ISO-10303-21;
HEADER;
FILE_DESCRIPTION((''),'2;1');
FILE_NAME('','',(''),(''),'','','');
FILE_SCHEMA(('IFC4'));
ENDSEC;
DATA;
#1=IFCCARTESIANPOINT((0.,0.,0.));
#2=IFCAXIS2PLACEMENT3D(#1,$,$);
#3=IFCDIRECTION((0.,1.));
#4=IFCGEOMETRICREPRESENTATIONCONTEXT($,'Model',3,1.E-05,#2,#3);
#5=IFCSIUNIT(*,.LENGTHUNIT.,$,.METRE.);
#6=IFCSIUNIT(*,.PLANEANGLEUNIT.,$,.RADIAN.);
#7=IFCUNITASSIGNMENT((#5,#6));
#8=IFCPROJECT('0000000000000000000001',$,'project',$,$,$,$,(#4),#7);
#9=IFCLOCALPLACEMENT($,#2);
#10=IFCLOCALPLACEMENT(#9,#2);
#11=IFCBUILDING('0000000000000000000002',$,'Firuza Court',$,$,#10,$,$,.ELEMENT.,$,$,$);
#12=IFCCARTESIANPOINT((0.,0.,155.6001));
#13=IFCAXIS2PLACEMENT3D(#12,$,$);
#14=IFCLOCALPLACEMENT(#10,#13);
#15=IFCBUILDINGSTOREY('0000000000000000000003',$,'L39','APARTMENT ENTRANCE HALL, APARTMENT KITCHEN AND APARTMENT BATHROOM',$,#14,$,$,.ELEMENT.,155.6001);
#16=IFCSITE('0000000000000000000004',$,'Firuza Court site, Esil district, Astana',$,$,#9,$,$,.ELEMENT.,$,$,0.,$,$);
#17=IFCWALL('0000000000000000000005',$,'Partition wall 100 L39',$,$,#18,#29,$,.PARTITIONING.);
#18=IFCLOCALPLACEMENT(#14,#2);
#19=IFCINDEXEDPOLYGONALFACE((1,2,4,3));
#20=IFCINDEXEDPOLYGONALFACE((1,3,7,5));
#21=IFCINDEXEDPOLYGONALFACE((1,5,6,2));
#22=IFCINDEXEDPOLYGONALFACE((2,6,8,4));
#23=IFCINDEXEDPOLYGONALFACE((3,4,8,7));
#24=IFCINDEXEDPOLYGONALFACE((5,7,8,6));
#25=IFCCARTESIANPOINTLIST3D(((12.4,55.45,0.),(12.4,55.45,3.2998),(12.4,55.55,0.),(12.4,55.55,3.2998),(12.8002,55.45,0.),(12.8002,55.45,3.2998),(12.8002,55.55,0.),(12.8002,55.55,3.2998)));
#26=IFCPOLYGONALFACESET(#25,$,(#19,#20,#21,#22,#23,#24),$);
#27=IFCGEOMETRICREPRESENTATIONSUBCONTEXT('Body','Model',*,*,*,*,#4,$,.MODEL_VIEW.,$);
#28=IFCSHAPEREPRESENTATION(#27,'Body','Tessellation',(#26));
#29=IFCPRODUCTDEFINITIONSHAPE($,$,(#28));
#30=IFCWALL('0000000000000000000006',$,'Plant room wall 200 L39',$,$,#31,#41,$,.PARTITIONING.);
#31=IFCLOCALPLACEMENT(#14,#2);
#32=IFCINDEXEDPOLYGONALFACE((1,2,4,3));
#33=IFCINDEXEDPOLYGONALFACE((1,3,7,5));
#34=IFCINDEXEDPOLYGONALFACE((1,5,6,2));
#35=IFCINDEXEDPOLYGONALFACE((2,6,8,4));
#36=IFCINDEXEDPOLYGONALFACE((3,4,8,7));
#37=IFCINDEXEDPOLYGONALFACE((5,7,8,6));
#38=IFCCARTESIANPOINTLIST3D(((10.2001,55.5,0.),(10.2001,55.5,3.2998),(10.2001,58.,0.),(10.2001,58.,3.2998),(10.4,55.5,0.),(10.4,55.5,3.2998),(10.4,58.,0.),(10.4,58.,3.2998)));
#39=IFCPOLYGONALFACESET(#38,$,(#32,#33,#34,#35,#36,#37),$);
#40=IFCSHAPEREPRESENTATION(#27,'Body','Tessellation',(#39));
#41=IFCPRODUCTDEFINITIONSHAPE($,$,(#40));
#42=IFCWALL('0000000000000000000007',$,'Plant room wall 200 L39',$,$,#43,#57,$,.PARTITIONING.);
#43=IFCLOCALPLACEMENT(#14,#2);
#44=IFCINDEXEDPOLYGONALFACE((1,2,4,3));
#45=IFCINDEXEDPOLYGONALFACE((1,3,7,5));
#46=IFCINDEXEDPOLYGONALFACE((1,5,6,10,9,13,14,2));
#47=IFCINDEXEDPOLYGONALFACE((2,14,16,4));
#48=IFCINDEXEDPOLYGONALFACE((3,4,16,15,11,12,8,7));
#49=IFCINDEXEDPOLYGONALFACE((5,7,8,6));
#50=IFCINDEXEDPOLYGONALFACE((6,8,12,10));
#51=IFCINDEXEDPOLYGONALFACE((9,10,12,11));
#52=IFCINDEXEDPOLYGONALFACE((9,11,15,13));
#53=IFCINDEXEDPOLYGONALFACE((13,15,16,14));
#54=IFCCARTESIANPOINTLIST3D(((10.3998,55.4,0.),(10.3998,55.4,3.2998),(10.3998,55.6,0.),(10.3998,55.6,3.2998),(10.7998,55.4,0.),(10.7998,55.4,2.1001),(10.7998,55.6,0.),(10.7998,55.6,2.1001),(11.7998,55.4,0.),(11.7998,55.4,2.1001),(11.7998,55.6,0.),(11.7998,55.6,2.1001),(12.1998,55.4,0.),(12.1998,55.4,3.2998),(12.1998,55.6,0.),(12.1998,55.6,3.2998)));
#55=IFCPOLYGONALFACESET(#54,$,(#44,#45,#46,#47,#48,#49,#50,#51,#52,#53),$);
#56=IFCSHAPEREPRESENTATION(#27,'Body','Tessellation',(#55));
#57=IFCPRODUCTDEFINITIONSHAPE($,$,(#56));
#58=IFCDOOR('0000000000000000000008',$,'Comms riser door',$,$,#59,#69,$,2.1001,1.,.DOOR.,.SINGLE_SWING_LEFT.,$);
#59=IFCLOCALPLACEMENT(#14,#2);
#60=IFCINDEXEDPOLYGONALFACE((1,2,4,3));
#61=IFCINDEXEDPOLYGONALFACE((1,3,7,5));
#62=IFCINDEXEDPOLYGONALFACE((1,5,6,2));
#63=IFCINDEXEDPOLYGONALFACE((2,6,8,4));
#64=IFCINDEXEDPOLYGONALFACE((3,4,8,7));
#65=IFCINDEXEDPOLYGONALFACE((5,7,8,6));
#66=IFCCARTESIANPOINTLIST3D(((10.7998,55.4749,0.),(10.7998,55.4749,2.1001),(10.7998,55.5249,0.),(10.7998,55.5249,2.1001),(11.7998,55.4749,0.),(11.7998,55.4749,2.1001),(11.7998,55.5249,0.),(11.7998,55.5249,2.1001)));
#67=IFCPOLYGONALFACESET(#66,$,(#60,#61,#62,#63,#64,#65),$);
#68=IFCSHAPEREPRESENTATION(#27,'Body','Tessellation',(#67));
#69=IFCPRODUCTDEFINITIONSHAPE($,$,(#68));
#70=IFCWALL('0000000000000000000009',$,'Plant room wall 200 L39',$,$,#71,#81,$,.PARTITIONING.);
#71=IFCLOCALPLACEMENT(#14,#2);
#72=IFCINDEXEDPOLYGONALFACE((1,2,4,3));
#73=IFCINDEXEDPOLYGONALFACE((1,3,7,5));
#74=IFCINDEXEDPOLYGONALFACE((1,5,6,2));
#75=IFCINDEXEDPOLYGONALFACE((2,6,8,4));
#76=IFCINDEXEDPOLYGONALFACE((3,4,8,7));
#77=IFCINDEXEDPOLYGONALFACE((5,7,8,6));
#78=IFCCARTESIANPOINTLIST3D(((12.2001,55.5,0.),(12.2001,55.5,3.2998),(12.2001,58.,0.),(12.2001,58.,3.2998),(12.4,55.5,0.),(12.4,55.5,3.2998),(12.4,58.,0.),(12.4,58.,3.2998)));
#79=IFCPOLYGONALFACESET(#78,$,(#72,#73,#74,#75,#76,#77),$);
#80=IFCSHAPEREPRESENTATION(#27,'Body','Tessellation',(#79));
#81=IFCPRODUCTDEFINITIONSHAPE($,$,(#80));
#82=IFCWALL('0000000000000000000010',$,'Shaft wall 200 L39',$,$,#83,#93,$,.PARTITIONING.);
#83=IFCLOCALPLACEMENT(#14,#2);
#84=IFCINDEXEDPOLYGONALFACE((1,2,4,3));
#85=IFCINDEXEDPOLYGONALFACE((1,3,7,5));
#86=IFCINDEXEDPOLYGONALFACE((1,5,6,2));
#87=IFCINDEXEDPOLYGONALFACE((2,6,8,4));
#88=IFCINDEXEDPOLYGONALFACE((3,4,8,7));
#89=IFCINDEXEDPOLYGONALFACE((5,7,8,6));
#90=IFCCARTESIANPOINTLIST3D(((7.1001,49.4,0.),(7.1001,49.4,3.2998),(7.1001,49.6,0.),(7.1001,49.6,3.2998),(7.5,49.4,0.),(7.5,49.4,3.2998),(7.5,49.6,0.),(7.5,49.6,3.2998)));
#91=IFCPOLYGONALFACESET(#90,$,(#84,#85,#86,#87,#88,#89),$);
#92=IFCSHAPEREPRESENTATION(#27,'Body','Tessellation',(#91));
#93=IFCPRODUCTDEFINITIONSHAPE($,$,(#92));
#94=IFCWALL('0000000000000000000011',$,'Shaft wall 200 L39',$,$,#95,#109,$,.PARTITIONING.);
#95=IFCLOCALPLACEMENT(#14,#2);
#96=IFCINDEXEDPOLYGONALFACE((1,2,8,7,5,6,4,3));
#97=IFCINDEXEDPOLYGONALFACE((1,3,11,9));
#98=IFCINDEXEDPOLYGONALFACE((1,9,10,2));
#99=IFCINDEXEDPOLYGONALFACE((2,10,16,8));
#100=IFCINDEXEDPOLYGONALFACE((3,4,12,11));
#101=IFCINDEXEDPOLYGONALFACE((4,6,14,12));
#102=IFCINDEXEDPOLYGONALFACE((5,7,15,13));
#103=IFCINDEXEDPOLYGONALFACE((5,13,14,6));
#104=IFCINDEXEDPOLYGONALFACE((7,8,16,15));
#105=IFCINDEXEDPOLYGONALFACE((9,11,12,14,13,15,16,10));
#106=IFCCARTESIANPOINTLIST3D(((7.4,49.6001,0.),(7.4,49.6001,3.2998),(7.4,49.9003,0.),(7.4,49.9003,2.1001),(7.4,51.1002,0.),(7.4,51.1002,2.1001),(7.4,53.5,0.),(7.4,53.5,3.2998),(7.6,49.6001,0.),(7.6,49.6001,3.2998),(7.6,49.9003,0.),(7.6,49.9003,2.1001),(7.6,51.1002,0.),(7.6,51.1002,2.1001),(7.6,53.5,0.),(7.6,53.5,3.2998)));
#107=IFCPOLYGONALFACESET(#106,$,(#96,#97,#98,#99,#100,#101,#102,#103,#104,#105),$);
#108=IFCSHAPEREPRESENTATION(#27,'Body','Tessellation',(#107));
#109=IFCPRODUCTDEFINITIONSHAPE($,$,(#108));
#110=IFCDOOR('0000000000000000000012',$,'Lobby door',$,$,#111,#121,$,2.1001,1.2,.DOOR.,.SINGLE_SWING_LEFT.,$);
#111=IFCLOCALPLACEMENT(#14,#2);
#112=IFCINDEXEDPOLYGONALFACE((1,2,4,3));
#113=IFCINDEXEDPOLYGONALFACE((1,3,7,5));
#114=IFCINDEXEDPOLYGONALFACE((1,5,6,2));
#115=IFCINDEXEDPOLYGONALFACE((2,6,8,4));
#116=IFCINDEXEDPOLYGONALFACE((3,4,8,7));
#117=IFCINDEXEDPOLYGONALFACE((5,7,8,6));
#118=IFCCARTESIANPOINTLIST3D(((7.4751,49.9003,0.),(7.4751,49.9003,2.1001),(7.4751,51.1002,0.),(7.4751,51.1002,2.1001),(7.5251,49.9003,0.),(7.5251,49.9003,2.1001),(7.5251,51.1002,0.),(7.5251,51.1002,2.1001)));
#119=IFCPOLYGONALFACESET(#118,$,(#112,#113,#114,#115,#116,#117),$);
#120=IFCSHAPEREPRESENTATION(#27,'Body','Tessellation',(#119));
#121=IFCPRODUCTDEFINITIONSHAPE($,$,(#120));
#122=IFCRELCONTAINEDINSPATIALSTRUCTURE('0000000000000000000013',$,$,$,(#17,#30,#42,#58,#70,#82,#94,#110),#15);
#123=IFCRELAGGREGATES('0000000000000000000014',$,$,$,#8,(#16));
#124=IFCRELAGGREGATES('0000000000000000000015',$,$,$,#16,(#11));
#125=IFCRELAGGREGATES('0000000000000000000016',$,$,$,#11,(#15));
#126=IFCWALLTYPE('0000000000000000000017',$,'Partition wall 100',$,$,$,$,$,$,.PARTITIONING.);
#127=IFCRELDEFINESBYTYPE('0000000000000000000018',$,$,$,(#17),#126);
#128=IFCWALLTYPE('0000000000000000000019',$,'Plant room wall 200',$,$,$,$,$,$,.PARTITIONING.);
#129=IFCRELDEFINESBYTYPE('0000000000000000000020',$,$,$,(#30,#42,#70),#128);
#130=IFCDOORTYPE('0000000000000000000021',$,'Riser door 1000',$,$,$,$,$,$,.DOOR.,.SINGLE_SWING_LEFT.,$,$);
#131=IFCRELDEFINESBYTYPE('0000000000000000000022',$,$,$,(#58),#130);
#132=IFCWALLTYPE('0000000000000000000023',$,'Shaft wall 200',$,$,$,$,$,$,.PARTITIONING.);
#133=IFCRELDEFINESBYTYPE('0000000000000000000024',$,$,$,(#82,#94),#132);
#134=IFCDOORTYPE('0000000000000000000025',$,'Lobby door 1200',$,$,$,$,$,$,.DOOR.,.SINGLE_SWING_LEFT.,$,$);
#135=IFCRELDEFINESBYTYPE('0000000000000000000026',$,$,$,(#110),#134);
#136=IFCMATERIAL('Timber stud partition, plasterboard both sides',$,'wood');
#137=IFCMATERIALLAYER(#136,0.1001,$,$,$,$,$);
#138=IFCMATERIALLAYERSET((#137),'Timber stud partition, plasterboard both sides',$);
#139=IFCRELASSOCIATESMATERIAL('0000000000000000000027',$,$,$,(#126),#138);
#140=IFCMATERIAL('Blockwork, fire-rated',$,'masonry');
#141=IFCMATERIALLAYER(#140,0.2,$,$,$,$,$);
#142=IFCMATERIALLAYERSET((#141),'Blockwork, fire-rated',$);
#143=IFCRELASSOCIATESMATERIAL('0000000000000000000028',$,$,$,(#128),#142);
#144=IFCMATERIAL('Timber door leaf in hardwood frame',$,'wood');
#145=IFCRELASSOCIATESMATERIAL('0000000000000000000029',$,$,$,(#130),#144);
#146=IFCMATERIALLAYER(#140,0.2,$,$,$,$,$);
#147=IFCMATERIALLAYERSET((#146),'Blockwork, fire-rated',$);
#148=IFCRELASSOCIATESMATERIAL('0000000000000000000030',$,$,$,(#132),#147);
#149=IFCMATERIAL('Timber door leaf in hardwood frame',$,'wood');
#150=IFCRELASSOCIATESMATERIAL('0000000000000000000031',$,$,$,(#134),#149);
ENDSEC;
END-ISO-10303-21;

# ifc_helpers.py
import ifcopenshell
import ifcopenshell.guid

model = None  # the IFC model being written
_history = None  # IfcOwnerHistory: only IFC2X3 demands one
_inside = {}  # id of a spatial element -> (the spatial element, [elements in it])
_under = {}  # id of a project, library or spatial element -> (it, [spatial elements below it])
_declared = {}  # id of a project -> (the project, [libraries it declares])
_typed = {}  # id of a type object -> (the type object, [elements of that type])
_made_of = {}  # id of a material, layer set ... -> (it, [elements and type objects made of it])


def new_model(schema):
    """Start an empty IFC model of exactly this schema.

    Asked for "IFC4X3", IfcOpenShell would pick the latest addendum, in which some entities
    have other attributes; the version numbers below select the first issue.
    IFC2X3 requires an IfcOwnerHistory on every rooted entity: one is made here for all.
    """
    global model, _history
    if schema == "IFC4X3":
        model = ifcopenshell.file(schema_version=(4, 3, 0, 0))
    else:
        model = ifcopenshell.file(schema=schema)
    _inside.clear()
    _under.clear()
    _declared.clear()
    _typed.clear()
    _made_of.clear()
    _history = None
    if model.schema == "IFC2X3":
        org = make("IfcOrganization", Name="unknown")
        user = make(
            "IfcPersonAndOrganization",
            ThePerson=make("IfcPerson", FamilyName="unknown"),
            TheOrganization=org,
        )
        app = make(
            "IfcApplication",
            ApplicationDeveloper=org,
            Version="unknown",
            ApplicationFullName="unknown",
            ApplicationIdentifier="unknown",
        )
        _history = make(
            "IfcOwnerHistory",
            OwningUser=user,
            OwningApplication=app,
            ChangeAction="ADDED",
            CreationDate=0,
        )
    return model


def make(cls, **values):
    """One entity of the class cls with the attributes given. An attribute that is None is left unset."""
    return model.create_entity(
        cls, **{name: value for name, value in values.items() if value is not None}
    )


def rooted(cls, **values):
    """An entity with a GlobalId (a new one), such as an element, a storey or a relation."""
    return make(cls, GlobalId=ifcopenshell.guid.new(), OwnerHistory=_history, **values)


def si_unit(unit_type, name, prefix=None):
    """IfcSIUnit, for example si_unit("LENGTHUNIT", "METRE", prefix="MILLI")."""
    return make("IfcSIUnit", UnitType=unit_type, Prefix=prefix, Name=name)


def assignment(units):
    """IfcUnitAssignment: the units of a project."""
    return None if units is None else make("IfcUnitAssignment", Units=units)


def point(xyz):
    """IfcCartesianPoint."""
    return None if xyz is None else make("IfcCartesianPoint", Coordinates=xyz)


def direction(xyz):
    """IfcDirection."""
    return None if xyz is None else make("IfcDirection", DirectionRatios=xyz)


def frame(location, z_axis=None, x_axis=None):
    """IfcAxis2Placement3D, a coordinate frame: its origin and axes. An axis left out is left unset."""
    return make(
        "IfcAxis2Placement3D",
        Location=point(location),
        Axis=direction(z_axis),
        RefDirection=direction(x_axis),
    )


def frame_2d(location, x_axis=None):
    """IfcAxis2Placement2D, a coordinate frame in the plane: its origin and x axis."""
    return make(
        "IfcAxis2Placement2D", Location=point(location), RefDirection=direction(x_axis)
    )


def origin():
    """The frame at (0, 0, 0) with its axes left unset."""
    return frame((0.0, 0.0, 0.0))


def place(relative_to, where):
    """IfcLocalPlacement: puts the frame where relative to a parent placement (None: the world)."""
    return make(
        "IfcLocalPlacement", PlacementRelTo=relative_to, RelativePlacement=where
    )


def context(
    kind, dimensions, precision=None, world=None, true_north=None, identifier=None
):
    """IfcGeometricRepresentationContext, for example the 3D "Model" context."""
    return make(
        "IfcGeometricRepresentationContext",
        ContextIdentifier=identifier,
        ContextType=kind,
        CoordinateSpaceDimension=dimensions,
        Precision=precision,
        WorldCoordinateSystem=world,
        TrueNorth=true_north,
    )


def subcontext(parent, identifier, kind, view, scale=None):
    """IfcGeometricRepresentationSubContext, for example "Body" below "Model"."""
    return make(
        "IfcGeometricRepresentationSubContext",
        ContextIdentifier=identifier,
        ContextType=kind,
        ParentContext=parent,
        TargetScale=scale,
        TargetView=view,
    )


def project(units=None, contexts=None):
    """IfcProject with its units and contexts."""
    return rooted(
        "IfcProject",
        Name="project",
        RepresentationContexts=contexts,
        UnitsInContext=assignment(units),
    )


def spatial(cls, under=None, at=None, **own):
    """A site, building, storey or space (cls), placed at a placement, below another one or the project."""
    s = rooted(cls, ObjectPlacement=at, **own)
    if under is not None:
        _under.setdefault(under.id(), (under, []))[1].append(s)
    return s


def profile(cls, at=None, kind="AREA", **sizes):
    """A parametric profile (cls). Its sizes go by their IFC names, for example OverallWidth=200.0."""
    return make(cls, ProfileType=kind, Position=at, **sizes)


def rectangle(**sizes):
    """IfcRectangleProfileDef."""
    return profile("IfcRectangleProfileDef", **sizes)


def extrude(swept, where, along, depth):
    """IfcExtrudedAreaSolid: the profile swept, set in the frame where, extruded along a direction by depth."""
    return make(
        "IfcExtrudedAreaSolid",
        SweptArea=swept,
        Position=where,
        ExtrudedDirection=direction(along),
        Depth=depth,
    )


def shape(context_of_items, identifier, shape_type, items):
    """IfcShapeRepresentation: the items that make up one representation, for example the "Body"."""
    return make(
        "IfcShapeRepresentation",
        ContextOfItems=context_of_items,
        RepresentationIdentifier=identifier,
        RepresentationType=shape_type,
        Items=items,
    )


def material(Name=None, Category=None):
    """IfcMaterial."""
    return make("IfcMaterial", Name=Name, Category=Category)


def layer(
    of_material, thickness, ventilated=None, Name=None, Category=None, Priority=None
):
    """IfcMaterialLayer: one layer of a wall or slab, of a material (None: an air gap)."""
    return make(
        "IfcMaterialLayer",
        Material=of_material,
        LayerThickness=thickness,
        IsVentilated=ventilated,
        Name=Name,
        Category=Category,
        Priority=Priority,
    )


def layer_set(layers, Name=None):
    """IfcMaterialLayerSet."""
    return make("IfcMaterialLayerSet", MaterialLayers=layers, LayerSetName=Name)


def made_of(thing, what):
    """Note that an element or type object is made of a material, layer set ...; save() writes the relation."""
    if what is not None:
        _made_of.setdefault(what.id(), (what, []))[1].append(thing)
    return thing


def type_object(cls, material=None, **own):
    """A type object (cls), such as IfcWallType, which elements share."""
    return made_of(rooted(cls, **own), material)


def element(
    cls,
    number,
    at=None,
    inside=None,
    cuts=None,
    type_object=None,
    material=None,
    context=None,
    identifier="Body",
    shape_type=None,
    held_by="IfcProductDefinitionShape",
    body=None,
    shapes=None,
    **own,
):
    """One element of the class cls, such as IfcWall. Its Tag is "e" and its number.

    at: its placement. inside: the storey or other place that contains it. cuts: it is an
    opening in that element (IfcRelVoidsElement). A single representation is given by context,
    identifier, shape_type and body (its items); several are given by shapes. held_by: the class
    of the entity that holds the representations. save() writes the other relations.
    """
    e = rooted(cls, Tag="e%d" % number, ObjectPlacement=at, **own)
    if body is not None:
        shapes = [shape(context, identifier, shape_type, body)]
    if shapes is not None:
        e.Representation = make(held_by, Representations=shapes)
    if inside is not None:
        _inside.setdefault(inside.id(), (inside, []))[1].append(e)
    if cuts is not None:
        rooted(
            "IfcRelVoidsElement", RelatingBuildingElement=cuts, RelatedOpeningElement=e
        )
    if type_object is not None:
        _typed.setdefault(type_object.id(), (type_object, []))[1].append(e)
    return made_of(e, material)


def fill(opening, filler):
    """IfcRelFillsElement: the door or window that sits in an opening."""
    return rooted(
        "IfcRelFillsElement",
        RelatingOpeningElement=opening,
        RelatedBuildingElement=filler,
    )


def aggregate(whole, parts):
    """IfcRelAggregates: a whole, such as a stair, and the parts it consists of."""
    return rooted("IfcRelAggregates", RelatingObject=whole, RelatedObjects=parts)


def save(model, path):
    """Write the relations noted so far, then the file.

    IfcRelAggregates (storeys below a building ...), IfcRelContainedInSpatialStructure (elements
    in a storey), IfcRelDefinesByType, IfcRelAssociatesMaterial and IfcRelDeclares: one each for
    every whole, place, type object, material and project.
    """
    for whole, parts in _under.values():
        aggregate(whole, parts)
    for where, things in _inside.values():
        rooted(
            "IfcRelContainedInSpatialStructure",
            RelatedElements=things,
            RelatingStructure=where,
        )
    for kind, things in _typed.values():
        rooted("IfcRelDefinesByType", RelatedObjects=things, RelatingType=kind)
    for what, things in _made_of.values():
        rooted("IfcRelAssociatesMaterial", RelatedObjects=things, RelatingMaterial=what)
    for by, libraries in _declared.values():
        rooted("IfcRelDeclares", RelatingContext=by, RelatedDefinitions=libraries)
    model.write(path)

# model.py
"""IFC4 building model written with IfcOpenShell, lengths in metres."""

from ifc_helpers import new_model, si_unit, direction, frame, frame_2d, origin, place, context, subcontext, project, spatial, rectangle, extrude, material, layer, layer_set, type_object, element, fill, save


model = new_model("IFC4")

# Units and contexts
model_context = context("Model", 3, precision=1e-05, world=origin(), true_north=direction((0.0, 1.0)))
body_context = subcontext(model_context, "Body", "Model", "MODEL_VIEW")
ifc_project = project(units=[si_unit("LENGTHUNIT", "METRE"), si_unit("PLANEANGLEUNIT", "RADIAN")], contexts=[model_context])

# Site, building, storey
site_placement = place(None, origin())
site = spatial("IfcSite", under=ifc_project, at=site_placement, Name="Firuza Court site, Esil district, Astana", CompositionType="ELEMENT", RefElevation=0.0)
building_placement = place(site_placement, origin())
building = spatial("IfcBuilding", under=site, at=building_placement, Name="Firuza Court", CompositionType="ELEMENT")
storey_placement = place(building_placement, frame((0.0, 0.0, 155.6001)))
storey = spatial("IfcBuildingStorey", under=building, at=storey_placement, Name="L39", Description="APARTMENT ENTRANCE HALL, APARTMENT KITCHEN AND APARTMENT BATHROOM", CompositionType="ELEMENT", Elevation=155.6001)

# Walls
ifc_material_1 = material(Name="Timber stud partition, plasterboard both sides", Category="wood")
ifc_layer_1 = layer(ifc_material_1, 0.1001)
ifc_layer_set_1 = layer_set([ifc_layer_1], Name="Timber stud partition, plasterboard both sides")
wall_type_1 = type_object("IfcWallType", Name="Partition wall 100", PredefinedType="PARTITIONING", material=ifc_layer_set_1)
wall_1_placement = place(storey_placement, frame((12.3999, 55.5, 0.0), z_axis=(0.0, 0.0, 1.0), x_axis=(1.0, 0.0, 0.0)))
element("IfcWall", 1, at=wall_1_placement, inside=storey, type_object=wall_type_1, Name="Partition wall 100 L39", PredefinedType="PARTITIONING", context=body_context, shape_type="SweptSolid", body=[
    extrude(rectangle(XDim=0.4001, YDim=0.1001, at=frame_2d((0.2002, 0.0))), origin(), (0.0, 0.0, 1.0), 3.2998),
])
ifc_material_2 = material(Name="Blockwork, fire-rated", Category="masonry")
ifc_layer_2 = layer(ifc_material_2, 0.2)
ifc_layer_set_2 = layer_set([ifc_layer_2], Name="Blockwork, fire-rated")
wall_type_2 = type_object("IfcWallType", Name="Plant room wall 200", PredefinedType="PARTITIONING", material=ifc_layer_set_2)
wall_2_placement = place(storey_placement, frame((10.3, 55.5, 0.0), z_axis=(0.0, 0.0, 1.0), x_axis=(0.0, 1.0, 0.0)))
element("IfcWall", 2, at=wall_2_placement, inside=storey, type_object=wall_type_2, Name="Plant room wall 200 L39", PredefinedType="PARTITIONING", context=body_context, shape_type="SweptSolid", body=[
    extrude(rectangle(XDim=2.5, YDim=0.2, at=frame_2d((1.25, 0.0))), origin(), (0.0, 0.0, 1.0), 3.2998),
])

# Wall, opening, door
wall_3_placement = place(storey_placement, frame((10.3999, 55.5, 0.0), z_axis=(0.0, 0.0, 1.0), x_axis=(1.0, 0.0, 0.0)))
wall_3 = element("IfcWall", 3, at=wall_3_placement, inside=storey, type_object=wall_type_2, Name="Plant room wall 200 L39", PredefinedType="PARTITIONING", context=body_context, shape_type="SweptSolid", body=[
    extrude(rectangle(XDim=1.8, YDim=0.2, at=frame_2d((0.8999, 0.0))), origin(), (0.0, 0.0, 1.0), 3.2998),
])
opening_1_placement = place(wall_3_placement, frame((0.3999, 0.0, 0.0)))
opening_1 = element("IfcOpeningElement", 4, at=opening_1_placement, cuts=wall_3, PredefinedType="OPENING", context=body_context, shape_type="SweptSolid", body=[
    extrude(rectangle(XDim=1.0, YDim=2.1001, at=frame_2d((0.5, 1.05))), frame((0.0, 0.1118, 0.0), z_axis=(0.0, -1.0, 0.0), x_axis=(1.0, 0.0, 0.0)), (0.0, 0.0, 1.0), 0.2239),
])
ifc_material_3 = material(Name="Timber door leaf in hardwood frame", Category="wood")
door_type_1 = type_object("IfcDoorType", Name="Riser door 1000", OperationType="SINGLE_SWING_LEFT", PredefinedType="DOOR", material=ifc_material_3)
door_1_placement = place(opening_1_placement, origin())
door_1 = element("IfcDoor", 5, at=door_1_placement, inside=storey, type_object=door_type_1, Name="Comms riser door", OperationType="SINGLE_SWING_LEFT", OverallHeight=2.1001, OverallWidth=1.0, PredefinedType="DOOR", context=body_context, shape_type="SweptSolid", body=[
    extrude(rectangle(XDim=1.0, YDim=2.1001, at=frame_2d((0.5, 1.05))), frame((0.0, 0.0249, 0.0), z_axis=(0.0, -1.0, 0.0), x_axis=(1.0, 0.0, 0.0)), (0.0, 0.0, 1.0), 0.05),
])
fill(opening_1, door_1)

# Walls
wall_4_placement = place(storey_placement, frame((12.3, 55.5, 0.0), z_axis=(0.0, 0.0, 1.0), x_axis=(0.0, 1.0, 0.0)))
element("IfcWall", 6, at=wall_4_placement, inside=storey, type_object=wall_type_2, Name="Plant room wall 200 L39", PredefinedType="PARTITIONING", context=body_context, shape_type="SweptSolid", body=[
    extrude(rectangle(XDim=2.5, YDim=0.2, at=frame_2d((1.25, 0.0))), origin(), (0.0, 0.0, 1.0), 3.2998),
])
ifc_layer_3 = layer(ifc_material_2, 0.2)
ifc_layer_set_3 = layer_set([ifc_layer_3], Name="Blockwork, fire-rated")
wall_type_3 = type_object("IfcWallType", Name="Shaft wall 200", PredefinedType="PARTITIONING", material=ifc_layer_set_3)
wall_5_placement = place(storey_placement, frame((7.1001, 49.5, 0.0), z_axis=(0.0, 0.0, 1.0), x_axis=(1.0, 0.0, 0.0)))
element("IfcWall", 7, at=wall_5_placement, inside=storey, type_object=wall_type_3, Name="Shaft wall 200 L39", PredefinedType="PARTITIONING", context=body_context, shape_type="SweptSolid", body=[
    extrude(rectangle(XDim=0.3999, YDim=0.2, at=frame_2d((0.2, 0.0))), origin(), (0.0, 0.0, 1.0), 3.2998),
])

# Wall, opening, door
wall_6_placement = place(storey_placement, frame((7.5, 49.6001, 0.0), z_axis=(0.0, 0.0, 1.0), x_axis=(0.0, 1.0, 0.0)))
wall_6 = element("IfcWall", 8, at=wall_6_placement, inside=storey, type_object=wall_type_3, Name="Shaft wall 200 L39", PredefinedType="PARTITIONING", context=body_context, shape_type="SweptSolid", body=[
    extrude(rectangle(XDim=3.8999, YDim=0.2, at=frame_2d((1.95, 0.0))), origin(), (0.0, 0.0, 1.0), 3.2998),
])
opening_2_placement = place(wall_6_placement, frame((0.3, 0.0, 0.0)))
opening_2 = element("IfcOpeningElement", 9, at=opening_2_placement, cuts=wall_6, PredefinedType="OPENING", context=body_context, shape_type="SweptSolid", body=[
    extrude(rectangle(XDim=1.2, YDim=2.1001, at=frame_2d((0.6001, 1.05))), frame((0.0, 0.1118, 0.0), z_axis=(0.0, -1.0, 0.0), x_axis=(1.0, 0.0, 0.0)), (0.0, 0.0, 1.0), 0.2239),
])
ifc_material_4 = material(Name="Timber door leaf in hardwood frame", Category="wood")
door_type_2 = type_object("IfcDoorType", Name="Lobby door 1200", OperationType="SINGLE_SWING_LEFT", PredefinedType="DOOR", material=ifc_material_4)
door_2_placement = place(opening_2_placement, origin())
door_2 = element("IfcDoor", 10, at=door_2_placement, inside=storey, type_object=door_type_2, Name="Lobby door", OperationType="SINGLE_SWING_LEFT", OverallHeight=2.1001, OverallWidth=1.2, PredefinedType="DOOR", context=body_context, shape_type="SweptSolid", body=[
    extrude(rectangle(XDim=1.2, YDim=2.1001, at=frame_2d((0.6001, 1.05))), frame((0.0, 0.0249, 0.0), z_axis=(0.0, -1.0, 0.0), x_axis=(1.0, 0.0, 0.0)), (0.0, 0.0, 1.0), 0.05),
])
fill(opening_2, door_2)

save(model, "model.ifc")
